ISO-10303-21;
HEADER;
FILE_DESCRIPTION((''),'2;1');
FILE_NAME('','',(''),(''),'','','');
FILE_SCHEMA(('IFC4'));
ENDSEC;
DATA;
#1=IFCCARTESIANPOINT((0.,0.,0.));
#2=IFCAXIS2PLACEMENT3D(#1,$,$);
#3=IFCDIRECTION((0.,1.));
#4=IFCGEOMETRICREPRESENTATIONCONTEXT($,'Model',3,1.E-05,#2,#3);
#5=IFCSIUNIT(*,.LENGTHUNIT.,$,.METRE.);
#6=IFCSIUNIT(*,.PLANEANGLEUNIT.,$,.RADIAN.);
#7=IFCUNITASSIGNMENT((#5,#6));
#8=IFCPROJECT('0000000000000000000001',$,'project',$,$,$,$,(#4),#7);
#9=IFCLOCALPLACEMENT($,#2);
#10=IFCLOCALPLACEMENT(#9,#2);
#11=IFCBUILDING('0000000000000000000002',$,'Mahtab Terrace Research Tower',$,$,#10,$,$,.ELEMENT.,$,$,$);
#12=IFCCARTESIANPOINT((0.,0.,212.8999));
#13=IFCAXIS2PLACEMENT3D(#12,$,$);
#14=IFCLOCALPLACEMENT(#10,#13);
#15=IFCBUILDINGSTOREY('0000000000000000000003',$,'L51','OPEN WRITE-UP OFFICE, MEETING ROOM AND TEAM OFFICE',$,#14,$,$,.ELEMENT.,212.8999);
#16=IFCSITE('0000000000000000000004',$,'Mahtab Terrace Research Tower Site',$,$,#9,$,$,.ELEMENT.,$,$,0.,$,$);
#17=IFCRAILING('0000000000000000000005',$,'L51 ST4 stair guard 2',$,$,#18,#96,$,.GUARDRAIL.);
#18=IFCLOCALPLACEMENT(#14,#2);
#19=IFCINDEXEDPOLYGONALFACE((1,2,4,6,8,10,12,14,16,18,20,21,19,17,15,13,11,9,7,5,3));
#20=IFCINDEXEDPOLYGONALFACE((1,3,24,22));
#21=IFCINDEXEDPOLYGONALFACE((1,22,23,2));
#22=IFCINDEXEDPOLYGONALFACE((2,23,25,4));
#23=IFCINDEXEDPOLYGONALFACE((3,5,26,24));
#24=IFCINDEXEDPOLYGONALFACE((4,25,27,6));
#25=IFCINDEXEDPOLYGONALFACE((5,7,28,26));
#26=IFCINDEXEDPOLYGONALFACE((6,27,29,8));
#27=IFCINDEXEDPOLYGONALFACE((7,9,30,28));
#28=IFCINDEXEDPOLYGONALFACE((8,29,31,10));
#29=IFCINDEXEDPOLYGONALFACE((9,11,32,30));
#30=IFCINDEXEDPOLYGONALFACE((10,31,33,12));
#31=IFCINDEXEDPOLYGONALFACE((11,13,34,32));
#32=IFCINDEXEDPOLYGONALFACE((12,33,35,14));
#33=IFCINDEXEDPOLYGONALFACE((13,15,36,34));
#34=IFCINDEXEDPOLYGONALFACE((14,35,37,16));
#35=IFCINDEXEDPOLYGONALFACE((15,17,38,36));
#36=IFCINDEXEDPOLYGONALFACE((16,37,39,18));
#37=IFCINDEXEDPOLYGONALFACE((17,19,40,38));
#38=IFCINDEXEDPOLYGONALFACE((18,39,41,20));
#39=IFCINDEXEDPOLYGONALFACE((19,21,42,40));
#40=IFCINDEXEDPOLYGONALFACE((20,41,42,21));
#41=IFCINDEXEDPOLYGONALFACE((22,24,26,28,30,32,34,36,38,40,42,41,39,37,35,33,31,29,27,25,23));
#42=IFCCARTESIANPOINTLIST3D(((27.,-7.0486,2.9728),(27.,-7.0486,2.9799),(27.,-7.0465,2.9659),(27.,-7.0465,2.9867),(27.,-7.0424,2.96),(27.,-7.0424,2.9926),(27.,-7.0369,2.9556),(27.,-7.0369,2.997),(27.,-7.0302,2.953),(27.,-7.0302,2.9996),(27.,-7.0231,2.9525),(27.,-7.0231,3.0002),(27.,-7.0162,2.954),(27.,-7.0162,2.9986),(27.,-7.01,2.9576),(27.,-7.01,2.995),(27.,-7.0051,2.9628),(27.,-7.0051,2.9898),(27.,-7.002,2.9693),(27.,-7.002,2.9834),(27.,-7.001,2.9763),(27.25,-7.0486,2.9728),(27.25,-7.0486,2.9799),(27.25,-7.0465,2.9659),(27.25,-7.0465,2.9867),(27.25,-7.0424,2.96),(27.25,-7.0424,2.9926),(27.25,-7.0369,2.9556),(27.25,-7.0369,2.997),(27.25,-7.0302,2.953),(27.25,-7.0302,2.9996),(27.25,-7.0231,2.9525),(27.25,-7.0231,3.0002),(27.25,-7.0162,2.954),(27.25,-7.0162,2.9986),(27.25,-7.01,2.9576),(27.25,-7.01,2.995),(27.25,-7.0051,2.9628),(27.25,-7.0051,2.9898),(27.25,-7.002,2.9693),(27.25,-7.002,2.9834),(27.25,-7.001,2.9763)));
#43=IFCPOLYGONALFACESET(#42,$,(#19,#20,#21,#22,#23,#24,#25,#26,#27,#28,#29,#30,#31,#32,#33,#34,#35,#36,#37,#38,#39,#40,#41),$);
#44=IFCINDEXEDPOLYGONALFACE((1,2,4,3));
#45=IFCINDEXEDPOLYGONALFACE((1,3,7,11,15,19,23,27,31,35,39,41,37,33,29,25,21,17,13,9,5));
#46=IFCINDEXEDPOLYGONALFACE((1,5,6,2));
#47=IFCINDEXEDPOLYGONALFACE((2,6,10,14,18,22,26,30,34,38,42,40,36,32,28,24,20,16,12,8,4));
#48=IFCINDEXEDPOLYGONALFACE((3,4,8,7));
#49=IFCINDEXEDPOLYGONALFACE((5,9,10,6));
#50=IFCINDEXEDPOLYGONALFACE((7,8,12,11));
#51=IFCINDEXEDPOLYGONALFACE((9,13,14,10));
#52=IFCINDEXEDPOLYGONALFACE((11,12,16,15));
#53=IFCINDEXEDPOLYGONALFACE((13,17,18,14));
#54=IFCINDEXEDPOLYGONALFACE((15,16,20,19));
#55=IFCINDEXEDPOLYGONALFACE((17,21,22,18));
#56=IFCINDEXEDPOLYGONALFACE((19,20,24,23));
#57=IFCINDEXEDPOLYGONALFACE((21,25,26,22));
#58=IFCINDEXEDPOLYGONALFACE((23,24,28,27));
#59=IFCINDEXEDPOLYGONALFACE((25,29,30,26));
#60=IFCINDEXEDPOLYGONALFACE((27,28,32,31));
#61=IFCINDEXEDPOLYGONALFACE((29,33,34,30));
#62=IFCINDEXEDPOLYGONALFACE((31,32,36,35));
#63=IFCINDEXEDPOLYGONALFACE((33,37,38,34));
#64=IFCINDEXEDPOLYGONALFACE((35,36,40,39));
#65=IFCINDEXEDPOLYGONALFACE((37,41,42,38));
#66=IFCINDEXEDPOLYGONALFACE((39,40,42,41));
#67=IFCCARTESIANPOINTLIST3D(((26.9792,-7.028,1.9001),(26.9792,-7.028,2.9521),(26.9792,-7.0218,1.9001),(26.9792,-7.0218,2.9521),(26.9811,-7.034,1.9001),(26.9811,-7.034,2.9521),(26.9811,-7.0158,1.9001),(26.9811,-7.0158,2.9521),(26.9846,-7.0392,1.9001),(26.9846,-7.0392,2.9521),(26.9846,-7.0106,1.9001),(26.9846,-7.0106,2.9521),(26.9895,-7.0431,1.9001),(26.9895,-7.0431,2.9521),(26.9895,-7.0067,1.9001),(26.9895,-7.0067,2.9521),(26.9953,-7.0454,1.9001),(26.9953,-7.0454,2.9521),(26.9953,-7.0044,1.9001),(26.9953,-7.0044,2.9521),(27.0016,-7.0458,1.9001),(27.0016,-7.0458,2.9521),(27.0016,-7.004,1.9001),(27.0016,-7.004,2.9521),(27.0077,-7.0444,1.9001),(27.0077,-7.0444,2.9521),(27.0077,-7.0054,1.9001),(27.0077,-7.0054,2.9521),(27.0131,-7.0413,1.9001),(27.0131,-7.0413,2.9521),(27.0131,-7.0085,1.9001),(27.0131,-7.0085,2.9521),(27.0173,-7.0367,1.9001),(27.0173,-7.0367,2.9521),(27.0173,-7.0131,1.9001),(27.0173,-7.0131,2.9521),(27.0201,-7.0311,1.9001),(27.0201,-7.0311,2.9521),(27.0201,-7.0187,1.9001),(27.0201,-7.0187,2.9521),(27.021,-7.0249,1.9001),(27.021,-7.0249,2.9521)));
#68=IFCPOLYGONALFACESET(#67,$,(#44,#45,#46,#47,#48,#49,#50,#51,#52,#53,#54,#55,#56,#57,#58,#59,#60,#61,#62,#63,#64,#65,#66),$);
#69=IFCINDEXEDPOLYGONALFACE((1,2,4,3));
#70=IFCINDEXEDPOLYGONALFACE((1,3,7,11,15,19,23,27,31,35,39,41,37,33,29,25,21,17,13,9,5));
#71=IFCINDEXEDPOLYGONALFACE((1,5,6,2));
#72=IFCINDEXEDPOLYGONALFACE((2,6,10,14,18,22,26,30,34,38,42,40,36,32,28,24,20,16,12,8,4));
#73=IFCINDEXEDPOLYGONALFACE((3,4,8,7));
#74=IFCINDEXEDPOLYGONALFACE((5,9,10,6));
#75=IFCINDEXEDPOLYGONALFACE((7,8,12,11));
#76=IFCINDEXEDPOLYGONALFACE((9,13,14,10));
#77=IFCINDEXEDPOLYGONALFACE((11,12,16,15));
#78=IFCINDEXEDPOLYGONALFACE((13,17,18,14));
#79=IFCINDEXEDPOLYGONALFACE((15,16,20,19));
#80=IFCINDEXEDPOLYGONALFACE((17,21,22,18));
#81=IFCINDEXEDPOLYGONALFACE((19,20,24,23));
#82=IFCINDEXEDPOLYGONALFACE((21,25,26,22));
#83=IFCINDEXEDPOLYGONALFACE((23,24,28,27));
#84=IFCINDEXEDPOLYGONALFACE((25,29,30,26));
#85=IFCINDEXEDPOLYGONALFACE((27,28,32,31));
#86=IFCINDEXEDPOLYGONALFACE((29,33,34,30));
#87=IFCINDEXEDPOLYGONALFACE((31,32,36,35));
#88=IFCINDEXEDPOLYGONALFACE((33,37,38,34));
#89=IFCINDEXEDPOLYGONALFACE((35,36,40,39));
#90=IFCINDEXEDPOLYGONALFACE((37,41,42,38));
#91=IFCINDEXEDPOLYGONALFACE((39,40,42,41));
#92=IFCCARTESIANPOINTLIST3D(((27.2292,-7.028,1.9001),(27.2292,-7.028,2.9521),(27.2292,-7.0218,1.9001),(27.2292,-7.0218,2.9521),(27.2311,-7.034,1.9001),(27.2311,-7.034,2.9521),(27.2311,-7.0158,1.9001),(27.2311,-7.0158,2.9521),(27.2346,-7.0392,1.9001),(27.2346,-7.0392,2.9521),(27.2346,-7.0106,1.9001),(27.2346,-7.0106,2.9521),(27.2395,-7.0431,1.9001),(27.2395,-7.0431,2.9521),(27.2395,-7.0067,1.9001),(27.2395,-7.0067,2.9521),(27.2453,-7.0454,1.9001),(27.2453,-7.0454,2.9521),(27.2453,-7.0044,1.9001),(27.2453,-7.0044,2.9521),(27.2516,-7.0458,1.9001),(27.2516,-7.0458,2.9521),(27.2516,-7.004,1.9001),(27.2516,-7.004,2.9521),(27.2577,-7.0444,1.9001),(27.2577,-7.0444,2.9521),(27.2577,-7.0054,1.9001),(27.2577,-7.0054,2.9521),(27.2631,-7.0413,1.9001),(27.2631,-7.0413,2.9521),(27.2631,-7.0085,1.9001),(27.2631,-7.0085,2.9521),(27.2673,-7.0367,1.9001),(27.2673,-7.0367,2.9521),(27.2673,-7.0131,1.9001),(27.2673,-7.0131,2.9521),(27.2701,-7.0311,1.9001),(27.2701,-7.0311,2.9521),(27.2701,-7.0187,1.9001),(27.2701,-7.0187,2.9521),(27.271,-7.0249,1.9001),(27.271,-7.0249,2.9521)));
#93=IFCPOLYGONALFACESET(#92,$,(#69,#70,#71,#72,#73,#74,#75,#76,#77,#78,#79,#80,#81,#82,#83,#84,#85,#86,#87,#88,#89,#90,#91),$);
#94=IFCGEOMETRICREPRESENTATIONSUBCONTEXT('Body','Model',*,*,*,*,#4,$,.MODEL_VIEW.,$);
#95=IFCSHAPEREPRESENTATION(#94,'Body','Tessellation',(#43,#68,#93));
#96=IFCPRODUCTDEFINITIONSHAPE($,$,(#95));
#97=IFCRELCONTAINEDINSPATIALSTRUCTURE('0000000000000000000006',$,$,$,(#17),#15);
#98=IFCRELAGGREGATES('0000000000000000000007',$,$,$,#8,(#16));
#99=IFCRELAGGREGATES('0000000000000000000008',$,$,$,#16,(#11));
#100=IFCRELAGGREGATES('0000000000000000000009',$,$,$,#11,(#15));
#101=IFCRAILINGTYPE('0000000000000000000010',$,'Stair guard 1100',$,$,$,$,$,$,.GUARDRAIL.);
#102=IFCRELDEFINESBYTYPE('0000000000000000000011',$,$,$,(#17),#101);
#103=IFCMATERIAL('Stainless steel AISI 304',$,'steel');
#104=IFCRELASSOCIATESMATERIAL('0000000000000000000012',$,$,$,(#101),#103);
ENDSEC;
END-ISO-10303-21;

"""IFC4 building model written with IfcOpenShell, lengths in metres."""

from ifc_helpers import new_model, si_unit, direction, frame, origin, origin_2d, place, context, subcontext, project, spatial, circle, extrude, material, type_object, element, save


model = new_model("IFC4")

# Units and contexts
model_context = context("Model", 3, precision=1e-05, world=origin(), true_north=direction((0.0, 1.0)))
body_context = subcontext(model_context, "Body", "Model", "MODEL_VIEW")
ifc_project = project(units=[si_unit("LENGTHUNIT", "METRE"), si_unit("PLANEANGLEUNIT", "RADIAN")], contexts=[model_context])

# Site, building, storey
site_placement = place(None, origin())
site = spatial("IfcSite", under=ifc_project, at=site_placement, Name="Mahtab Terrace Research Tower Site", CompositionType="ELEMENT", RefElevation=0.0)
building_placement = place(site_placement, origin())
building = spatial("IfcBuilding", under=site, at=building_placement, Name="Mahtab Terrace Research Tower", CompositionType="ELEMENT")
storey_placement = place(building_placement, frame((0.0, 0.0, 212.8999)))
storey = spatial("IfcBuildingStorey", under=building, at=storey_placement, Name="L51", Description="OPEN WRITE-UP OFFICE, MEETING ROOM AND TEAM OFFICE", CompositionType="ELEMENT", Elevation=212.8999)

# Shared definitions
ifc_material_1 = material(Name="Stainless steel AISI 304", Category="steel")

# Railing
railing_type_1 = type_object("IfcRailingType", Name="Stair guard 1100", PredefinedType="GUARDRAIL", material=ifc_material_1)
railing_1_placement = place(storey_placement, frame((27.0, -7.0249, 1.9001)))
element("IfcRailing", 1, at=railing_1_placement, inside=storey, type_object=railing_type_1, Name="L51 ST4 stair guard 2", PredefinedType="GUARDRAIL", context=body_context, shape_type="SweptSolid", body=[
    extrude(circle(Radius=0.0239, at=origin_2d()), frame((0.0, 0.0, 1.0762), z_axis=(1.0, 0.0, 0.0), x_axis=(0.0, 1.0, 0.0)), (0.0, 0.0, 1.0), 0.25),
    extrude(circle(Radius=0.021, at=origin_2d()), origin(), (0.0, 0.0, 1.0), 1.052),
    extrude(circle(Radius=0.021, at=origin_2d()), frame((0.25, 0.0, 0.0)), (0.0, 0.0, 1.0), 1.052),
])

save(model, "model.ifc")
